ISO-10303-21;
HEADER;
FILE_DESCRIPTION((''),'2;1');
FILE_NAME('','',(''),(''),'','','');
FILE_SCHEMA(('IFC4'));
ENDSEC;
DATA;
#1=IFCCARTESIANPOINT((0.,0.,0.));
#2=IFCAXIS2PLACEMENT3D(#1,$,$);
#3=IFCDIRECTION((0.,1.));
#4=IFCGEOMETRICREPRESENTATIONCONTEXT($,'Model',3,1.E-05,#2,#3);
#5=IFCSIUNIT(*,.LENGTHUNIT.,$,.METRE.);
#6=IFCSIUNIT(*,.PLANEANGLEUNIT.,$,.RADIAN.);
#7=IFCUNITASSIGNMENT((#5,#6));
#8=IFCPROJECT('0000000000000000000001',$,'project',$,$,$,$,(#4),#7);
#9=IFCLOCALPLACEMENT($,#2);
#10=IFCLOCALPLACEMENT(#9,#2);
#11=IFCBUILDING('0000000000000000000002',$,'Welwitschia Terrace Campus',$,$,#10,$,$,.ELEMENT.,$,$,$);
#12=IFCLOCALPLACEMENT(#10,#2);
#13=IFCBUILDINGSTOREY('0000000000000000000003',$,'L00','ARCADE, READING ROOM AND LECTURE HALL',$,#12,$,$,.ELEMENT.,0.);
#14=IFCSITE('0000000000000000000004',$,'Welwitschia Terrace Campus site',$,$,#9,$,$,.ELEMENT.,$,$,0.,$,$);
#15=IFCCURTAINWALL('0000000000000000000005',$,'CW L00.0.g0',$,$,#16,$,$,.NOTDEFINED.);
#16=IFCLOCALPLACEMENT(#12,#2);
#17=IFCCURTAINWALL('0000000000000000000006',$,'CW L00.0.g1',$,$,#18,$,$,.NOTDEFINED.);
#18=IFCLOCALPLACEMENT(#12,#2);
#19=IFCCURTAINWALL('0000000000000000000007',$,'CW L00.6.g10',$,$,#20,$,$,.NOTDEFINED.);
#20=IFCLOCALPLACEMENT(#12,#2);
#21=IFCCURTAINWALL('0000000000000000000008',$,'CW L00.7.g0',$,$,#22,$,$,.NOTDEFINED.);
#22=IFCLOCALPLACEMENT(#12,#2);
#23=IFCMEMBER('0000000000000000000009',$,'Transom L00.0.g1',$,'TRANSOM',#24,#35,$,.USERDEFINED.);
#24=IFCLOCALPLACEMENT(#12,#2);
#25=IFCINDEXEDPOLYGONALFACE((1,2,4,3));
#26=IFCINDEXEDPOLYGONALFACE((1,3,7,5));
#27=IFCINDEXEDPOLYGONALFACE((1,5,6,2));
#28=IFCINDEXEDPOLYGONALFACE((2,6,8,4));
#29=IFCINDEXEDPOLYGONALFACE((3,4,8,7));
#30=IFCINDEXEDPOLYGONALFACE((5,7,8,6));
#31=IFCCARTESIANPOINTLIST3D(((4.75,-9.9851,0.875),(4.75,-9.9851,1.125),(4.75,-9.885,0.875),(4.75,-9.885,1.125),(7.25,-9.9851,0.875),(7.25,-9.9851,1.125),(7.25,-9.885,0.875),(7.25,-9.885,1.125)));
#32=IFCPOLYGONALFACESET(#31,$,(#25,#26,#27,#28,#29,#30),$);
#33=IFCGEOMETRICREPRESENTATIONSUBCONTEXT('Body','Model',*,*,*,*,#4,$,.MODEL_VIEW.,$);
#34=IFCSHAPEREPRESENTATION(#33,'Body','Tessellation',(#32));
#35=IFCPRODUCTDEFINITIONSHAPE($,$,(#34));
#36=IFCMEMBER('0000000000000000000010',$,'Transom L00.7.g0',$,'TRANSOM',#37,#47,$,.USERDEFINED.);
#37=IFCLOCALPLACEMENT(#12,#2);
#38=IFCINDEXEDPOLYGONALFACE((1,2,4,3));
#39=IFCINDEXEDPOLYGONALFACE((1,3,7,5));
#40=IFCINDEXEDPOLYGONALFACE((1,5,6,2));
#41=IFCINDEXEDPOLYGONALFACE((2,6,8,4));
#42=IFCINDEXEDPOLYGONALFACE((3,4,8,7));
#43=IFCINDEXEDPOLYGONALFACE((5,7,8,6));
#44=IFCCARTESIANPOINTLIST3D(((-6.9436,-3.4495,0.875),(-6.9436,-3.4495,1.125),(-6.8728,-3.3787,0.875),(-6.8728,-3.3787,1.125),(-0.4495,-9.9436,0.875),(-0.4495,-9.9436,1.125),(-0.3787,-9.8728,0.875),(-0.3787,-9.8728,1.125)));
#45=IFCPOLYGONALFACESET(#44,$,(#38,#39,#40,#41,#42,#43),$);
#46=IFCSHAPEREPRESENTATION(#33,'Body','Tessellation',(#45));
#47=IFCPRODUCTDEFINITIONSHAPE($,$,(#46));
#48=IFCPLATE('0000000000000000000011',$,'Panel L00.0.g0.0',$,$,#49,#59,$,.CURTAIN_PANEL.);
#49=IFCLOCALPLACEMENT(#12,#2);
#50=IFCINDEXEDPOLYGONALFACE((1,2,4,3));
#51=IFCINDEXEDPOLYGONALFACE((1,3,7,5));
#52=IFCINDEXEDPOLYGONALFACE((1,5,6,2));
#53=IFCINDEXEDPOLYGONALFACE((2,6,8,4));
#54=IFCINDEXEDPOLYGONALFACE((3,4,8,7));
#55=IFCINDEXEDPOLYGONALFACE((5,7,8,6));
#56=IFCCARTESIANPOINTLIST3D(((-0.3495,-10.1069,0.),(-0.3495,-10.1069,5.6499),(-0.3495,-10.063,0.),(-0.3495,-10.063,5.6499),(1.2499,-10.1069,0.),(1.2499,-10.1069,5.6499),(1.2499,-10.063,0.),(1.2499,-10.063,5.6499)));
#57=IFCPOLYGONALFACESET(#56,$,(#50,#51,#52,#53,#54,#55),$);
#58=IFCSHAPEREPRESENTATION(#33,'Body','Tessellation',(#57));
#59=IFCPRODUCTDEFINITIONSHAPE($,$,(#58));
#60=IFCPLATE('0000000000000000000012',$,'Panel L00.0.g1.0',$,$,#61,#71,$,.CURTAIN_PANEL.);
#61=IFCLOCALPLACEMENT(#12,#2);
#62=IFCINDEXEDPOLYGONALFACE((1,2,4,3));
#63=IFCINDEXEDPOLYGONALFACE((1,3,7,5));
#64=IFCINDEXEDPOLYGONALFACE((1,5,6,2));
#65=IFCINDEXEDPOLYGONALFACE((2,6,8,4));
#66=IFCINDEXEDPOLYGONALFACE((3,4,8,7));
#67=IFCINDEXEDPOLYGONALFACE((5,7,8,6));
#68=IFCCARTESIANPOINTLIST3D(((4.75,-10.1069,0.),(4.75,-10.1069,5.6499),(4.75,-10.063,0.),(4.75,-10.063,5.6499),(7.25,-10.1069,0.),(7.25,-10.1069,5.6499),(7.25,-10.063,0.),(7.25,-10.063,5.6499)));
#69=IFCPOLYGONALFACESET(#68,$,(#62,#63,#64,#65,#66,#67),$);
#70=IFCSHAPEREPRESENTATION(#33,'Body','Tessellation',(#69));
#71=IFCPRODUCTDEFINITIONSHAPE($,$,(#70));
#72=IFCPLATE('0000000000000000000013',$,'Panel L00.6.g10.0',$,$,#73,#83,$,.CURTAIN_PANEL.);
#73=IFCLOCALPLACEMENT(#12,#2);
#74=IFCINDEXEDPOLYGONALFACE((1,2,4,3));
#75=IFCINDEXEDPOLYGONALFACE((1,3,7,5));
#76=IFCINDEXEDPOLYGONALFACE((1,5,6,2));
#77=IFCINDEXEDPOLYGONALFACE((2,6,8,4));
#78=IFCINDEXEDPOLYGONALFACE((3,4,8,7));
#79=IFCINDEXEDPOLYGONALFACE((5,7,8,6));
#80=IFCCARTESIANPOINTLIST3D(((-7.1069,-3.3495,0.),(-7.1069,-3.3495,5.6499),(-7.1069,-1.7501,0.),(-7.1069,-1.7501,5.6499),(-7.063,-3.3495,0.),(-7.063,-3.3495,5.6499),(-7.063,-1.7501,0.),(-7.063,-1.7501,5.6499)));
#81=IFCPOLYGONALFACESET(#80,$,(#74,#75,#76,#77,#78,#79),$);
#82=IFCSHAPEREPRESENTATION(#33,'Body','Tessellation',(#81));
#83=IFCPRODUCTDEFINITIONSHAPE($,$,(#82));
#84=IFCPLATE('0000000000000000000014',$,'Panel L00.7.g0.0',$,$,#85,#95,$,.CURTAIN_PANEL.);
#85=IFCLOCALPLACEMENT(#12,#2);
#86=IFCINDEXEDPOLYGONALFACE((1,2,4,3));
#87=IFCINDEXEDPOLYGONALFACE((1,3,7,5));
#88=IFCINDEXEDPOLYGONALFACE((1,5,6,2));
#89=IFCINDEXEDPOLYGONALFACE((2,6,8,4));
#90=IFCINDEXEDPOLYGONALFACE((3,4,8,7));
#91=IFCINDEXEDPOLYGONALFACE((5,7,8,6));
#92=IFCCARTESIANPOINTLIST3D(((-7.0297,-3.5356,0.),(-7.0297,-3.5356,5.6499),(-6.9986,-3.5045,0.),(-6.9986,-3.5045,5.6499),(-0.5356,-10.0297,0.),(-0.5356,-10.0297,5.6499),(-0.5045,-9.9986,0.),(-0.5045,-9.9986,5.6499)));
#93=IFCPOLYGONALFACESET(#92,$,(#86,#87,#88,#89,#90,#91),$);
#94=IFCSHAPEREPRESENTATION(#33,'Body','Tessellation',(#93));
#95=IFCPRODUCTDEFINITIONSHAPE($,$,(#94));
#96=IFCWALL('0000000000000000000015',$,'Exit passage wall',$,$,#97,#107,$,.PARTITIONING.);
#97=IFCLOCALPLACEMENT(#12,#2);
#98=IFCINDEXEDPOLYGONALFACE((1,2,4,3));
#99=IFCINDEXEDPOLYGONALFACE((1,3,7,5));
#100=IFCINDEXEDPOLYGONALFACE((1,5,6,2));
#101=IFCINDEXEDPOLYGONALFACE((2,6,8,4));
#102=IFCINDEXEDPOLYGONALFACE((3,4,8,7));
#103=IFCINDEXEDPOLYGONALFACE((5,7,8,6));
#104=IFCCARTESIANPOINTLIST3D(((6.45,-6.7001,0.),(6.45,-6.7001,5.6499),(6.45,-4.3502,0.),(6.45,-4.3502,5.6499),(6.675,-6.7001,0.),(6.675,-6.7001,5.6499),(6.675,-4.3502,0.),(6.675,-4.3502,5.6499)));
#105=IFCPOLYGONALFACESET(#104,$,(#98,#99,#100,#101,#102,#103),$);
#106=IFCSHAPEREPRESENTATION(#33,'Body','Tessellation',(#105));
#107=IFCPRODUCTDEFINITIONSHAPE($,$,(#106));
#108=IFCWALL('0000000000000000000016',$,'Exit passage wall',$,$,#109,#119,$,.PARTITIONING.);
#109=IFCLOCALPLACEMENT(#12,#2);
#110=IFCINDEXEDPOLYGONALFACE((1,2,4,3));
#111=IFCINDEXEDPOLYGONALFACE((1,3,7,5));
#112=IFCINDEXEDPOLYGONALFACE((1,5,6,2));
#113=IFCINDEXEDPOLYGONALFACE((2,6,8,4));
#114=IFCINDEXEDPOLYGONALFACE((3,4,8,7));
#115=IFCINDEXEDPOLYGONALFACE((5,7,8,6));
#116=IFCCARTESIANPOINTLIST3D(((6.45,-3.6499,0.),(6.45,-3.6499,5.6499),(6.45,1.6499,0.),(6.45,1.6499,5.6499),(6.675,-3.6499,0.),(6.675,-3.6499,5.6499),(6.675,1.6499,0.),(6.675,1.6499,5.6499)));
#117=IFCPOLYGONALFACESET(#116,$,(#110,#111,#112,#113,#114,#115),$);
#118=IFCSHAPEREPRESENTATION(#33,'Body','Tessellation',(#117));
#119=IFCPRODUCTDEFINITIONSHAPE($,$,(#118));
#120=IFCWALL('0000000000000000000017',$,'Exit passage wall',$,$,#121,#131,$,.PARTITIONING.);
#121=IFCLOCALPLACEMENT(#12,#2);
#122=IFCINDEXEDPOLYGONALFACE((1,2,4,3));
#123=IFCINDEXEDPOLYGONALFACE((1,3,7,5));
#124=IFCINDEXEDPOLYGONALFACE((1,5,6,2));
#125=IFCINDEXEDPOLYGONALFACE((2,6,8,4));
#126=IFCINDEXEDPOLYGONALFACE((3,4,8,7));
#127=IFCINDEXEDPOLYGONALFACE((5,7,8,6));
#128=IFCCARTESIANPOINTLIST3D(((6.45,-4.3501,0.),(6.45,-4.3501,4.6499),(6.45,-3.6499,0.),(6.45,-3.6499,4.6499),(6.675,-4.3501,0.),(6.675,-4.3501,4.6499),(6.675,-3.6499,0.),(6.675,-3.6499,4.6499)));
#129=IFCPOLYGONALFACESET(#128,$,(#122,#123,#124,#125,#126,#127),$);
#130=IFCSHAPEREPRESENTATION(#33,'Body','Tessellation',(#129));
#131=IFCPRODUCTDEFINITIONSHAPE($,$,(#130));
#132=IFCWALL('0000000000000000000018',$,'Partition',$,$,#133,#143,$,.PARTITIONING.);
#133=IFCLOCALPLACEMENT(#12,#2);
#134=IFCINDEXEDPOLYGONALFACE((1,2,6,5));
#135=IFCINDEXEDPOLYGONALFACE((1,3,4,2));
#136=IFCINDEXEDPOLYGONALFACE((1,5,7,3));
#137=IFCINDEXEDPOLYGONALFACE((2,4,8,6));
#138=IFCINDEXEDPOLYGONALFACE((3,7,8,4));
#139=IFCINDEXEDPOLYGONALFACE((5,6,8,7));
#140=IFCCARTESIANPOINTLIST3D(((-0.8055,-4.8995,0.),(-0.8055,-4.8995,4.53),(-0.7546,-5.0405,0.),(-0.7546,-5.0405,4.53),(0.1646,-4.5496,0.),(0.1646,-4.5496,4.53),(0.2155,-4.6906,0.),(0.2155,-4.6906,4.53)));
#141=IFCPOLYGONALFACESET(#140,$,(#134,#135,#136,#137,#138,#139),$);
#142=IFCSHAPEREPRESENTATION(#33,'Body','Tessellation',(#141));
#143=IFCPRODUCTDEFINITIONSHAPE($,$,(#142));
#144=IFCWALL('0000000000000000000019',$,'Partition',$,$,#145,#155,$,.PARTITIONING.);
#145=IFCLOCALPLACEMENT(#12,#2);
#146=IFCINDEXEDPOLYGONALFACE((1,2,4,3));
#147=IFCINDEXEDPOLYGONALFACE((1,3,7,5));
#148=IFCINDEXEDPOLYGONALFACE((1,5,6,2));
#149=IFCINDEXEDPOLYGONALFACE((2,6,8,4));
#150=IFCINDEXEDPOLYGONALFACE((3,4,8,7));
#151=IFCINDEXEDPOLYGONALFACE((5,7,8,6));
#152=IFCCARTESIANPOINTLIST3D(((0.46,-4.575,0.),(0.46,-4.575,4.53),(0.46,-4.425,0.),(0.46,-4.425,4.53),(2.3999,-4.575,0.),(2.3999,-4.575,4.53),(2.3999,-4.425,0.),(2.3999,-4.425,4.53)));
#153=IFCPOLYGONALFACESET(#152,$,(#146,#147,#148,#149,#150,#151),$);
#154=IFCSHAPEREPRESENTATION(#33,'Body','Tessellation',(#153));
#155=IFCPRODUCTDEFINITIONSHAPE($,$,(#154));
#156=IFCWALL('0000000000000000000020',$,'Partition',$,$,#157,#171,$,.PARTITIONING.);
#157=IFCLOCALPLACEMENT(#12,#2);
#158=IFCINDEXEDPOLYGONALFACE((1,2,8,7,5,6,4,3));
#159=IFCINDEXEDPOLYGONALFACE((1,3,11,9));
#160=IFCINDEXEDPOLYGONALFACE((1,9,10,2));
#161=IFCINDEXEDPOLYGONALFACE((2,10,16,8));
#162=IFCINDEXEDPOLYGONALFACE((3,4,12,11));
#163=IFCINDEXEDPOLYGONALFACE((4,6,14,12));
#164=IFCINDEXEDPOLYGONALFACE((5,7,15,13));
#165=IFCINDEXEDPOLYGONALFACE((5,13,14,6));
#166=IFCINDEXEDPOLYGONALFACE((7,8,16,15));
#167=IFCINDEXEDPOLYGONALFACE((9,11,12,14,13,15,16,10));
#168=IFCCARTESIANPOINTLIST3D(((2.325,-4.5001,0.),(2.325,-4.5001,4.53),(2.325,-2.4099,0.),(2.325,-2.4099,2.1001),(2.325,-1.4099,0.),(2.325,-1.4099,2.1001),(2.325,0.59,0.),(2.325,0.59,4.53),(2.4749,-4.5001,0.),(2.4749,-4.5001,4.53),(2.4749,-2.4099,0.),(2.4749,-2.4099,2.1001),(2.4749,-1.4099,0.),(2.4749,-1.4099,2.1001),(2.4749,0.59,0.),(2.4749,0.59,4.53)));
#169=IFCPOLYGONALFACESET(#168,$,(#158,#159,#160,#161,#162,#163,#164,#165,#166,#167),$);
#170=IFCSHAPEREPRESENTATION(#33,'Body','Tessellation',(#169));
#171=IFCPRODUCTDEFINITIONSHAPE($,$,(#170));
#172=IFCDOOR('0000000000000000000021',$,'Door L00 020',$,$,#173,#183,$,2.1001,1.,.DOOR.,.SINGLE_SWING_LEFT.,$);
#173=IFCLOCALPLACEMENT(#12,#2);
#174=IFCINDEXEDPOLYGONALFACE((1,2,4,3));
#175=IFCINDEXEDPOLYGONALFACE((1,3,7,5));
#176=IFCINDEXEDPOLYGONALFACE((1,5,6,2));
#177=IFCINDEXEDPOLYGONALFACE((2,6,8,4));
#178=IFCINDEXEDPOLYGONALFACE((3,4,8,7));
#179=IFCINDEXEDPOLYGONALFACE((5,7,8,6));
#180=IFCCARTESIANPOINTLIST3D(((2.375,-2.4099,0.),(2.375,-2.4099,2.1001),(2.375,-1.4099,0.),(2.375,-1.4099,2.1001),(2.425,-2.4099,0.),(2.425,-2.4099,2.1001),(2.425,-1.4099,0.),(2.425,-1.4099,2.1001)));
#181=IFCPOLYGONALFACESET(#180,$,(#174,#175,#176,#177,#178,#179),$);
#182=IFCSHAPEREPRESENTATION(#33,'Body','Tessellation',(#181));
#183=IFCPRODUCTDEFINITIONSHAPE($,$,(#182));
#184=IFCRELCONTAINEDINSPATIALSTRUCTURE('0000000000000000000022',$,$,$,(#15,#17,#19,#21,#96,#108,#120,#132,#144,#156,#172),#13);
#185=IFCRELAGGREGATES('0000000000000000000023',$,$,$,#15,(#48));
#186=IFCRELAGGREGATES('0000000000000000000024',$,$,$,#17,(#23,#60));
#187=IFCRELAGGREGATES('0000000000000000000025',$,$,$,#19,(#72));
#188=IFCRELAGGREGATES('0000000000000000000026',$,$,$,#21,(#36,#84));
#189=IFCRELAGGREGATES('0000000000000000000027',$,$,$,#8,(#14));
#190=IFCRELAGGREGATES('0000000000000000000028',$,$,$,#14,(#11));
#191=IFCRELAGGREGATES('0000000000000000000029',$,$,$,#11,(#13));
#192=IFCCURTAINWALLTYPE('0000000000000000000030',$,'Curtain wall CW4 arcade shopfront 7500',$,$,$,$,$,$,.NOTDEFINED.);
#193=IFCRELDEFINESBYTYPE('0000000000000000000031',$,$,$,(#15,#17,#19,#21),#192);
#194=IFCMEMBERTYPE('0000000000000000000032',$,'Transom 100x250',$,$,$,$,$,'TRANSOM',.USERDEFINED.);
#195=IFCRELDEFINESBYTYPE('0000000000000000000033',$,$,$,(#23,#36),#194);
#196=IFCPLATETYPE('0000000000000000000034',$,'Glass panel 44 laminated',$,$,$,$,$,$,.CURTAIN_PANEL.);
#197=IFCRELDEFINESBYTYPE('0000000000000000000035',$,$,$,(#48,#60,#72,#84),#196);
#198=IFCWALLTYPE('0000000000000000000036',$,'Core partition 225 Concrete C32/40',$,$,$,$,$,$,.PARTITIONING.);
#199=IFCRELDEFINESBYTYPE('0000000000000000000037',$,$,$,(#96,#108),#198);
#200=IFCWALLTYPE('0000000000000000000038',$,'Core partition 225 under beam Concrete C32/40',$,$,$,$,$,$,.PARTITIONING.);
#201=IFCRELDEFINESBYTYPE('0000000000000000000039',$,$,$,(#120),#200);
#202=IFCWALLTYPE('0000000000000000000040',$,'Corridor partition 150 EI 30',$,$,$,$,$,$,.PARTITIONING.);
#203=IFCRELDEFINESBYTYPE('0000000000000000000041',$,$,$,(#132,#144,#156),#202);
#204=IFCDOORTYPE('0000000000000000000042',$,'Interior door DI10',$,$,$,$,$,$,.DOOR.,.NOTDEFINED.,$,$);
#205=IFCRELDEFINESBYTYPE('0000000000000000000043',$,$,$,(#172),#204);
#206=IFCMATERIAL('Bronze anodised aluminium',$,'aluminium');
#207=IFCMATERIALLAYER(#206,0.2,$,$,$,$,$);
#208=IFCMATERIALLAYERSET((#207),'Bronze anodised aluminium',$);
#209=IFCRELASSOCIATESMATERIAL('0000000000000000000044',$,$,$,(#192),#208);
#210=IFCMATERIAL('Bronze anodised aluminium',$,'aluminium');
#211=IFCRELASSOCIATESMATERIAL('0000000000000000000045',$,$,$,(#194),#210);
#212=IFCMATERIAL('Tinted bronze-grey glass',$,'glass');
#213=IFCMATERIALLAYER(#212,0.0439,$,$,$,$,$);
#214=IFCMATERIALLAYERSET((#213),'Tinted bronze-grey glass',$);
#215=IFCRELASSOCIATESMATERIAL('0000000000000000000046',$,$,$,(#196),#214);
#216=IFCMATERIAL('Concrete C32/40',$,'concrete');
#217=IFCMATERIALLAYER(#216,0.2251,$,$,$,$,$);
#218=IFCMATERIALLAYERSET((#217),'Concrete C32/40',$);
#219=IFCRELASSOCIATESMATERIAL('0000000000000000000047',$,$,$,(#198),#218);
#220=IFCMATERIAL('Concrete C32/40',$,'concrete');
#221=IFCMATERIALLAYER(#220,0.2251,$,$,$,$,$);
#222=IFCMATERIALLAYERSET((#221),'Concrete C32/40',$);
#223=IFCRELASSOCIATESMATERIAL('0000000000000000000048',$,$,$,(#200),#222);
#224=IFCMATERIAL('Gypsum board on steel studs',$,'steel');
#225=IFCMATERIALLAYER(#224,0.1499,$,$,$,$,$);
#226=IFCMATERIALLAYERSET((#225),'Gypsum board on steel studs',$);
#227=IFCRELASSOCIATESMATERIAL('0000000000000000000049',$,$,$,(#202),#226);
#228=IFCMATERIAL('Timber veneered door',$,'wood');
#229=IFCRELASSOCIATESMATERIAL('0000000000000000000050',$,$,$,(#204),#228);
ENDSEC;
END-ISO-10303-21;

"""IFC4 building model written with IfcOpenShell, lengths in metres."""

from ifc_helpers import new_model, si_unit, direction, frame, frame_2d, origin, origin_2d, place, context, subcontext, project, spatial, rectangle, extrude, material, layer, layer_set, material_profile, profile_set, type_object, element, fill, aggregate, save


model = new_model("IFC4")

# Units and contexts
model_context = context("Model", 3, precision=1e-05, world=origin(), true_north=direction((0.0, 1.0)))
body_context = subcontext(model_context, "Body", "Model", "MODEL_VIEW")
ifc_project = project(units=[si_unit("LENGTHUNIT", "METRE"), si_unit("PLANEANGLEUNIT", "RADIAN")], contexts=[model_context])

# Site, building, storey
site_placement = place(None, origin())
site = spatial("IfcSite", under=ifc_project, at=site_placement, Name="Welwitschia Terrace Campus site", CompositionType="ELEMENT", RefElevation=0.0)
building_placement = place(site_placement, origin())
building = spatial("IfcBuilding", under=site, at=building_placement, Name="Welwitschia Terrace Campus", CompositionType="ELEMENT")
storey_placement = place(building_placement, origin())
storey = spatial("IfcBuildingStorey", under=building, at=storey_placement, Name="L00", Description="ARCADE, READING ROOM AND LECTURE HALL", CompositionType="ELEMENT", Elevation=0.0)

# Curtain wall
ifc_material_1 = material(Name="Bronze anodised aluminium", Category="aluminium")
ifc_layer_1 = layer(ifc_material_1, 0.2)
ifc_layer_set_1 = layer_set([ifc_layer_1], Name="Bronze anodised aluminium")
curtain_wall_type = type_object("IfcCurtainWallType", Name="Curtain wall CW4 arcade shopfront 7500", PredefinedType="NOTDEFINED", material=ifc_layer_set_1)
curtain_wall_1_placement = place(storey_placement, origin())
curtain_wall_1 = element("IfcCurtainWall", 1, at=curtain_wall_1_placement, inside=storey, type_object=curtain_wall_type, Name="CW L00.0.g0", PredefinedType="NOTDEFINED")

# Curtain walls
curtain_wall_2_placement = place(storey_placement, origin())
curtain_wall_2 = element("IfcCurtainWall", 2, at=curtain_wall_2_placement, inside=storey, type_object=curtain_wall_type, Name="CW L00.0.g1", PredefinedType="NOTDEFINED")
curtain_wall_3_placement = place(storey_placement, origin())
curtain_wall_3 = element("IfcCurtainWall", 3, at=curtain_wall_3_placement, inside=storey, type_object=curtain_wall_type, Name="CW L00.6.g10", PredefinedType="NOTDEFINED")

# Curtain wall
curtain_wall_4_placement = place(storey_placement, origin())
curtain_wall_4 = element("IfcCurtainWall", 4, at=curtain_wall_4_placement, inside=storey, type_object=curtain_wall_type, Name="CW L00.7.g0", PredefinedType="NOTDEFINED")

# Members
ifc_material_2 = material(Name="Bronze anodised aluminium", Category="aluminium")
ifc_material_profile_1 = material_profile(ifc_material_2, rectangle(XDim=0.1001, YDim=0.25, at=origin_2d()))
ifc_profile_set_1 = profile_set([ifc_material_profile_1], Name="Bronze anodised aluminium")
member_type_1 = type_object("IfcMemberType", Name="Transom 100x250", ElementType="TRANSOM", PredefinedType="USERDEFINED", material=ifc_profile_set_1)
member_1_placement = place(storey_placement, frame((4.75, -9.9351, 1.0), z_axis=(1.0, 0.0, 0.0), x_axis=(0.0, 1.0, 0.0)))
member_1 = element("IfcMember", 5, at=member_1_placement, type_object=member_type_1, Name="Transom L00.0.g1", ObjectType="TRANSOM", PredefinedType="USERDEFINED", context=body_context, shape_type="SweptSolid", body=[
    extrude(rectangle(XDim=0.1001, YDim=0.25, at=origin_2d()), origin(), (0.0, 0.0, 1.0), 2.5),
])
member_2_placement = place(storey_placement, frame((-6.9082, -3.4141, 1.0), z_axis=(0.707107, -0.707107, 0.0), x_axis=(0.707107, 0.707107, 0.0)))
member_2 = element("IfcMember", 6, at=member_2_placement, type_object=member_type_1, Name="Transom L00.7.g0", ObjectType="TRANSOM", PredefinedType="USERDEFINED", context=body_context, shape_type="SweptSolid", body=[
    extrude(rectangle(XDim=0.1001, YDim=0.25, at=origin_2d()), origin(), (0.0, 0.0, 1.0), 9.1841),
])

# Plates
ifc_material_3 = material(Name="Tinted bronze-grey glass", Category="glass")
ifc_layer_2 = layer(ifc_material_3, 0.0439)
ifc_layer_set_2 = layer_set([ifc_layer_2], Name="Tinted bronze-grey glass")
plate_type = type_object("IfcPlateType", Name="Glass panel 44 laminated", PredefinedType="CURTAIN_PANEL", material=ifc_layer_set_2)
plate_1_placement = place(storey_placement, frame((0.4502, -10.085, 0.0), z_axis=(0.0, 0.0, 1.0), x_axis=(1.0, 0.0, 0.0)))
plate_1 = element("IfcPlate", 7, at=plate_1_placement, type_object=plate_type, Name="Panel L00.0.g0.0", PredefinedType="CURTAIN_PANEL", context=body_context, shape_type="SweptSolid", body=[
    extrude(rectangle(XDim=1.5994, YDim=0.0439, at=origin_2d()), origin(), (0.0, 0.0, 1.0), 5.6499),
])
aggregate(curtain_wall_1, [plate_1])
plate_2_placement = place(storey_placement, frame((6.0, -10.085, 0.0), z_axis=(0.0, 0.0, 1.0), x_axis=(1.0, 0.0, 0.0)))
plate_2 = element("IfcPlate", 8, at=plate_2_placement, type_object=plate_type, Name="Panel L00.0.g1.0", PredefinedType="CURTAIN_PANEL", context=body_context, shape_type="SweptSolid", body=[
    extrude(rectangle(XDim=2.5, YDim=0.0439, at=origin_2d()), origin(), (0.0, 0.0, 1.0), 5.6499),
])
aggregate(curtain_wall_2, [member_1, plate_2])
plate_3_placement = place(storey_placement, frame((-7.085, -2.5498, 0.0), z_axis=(0.0, 0.0, 1.0), x_axis=(0.0, -1.0, 0.0)))
plate_3 = element("IfcPlate", 9, at=plate_3_placement, type_object=plate_type, Name="Panel L00.6.g10.0", PredefinedType="CURTAIN_PANEL", context=body_context, shape_type="SweptSolid", body=[
    extrude(rectangle(XDim=1.5994, YDim=0.0439, at=origin_2d()), origin(), (0.0, 0.0, 1.0), 5.6499),
])
aggregate(curtain_wall_3, [plate_3])
plate_4_placement = place(storey_placement, frame((-3.7671, -6.7671, 0.0), z_axis=(0.0, 0.0, 1.0), x_axis=(0.707107, -0.707107, 0.0)))
plate_4 = element("IfcPlate", 10, at=plate_4_placement, type_object=plate_type, Name="Panel L00.7.g0.0", PredefinedType="CURTAIN_PANEL", context=body_context, shape_type="SweptSolid", body=[
    extrude(rectangle(XDim=9.1841, YDim=0.0439, at=origin_2d()), origin(), (0.0, 0.0, 1.0), 5.6499),
])
aggregate(curtain_wall_4, [member_2, plate_4])

# Walls
ifc_material_4 = material(Name="Concrete C32/40", Category="concrete")
ifc_layer_3 = layer(ifc_material_4, 0.2251)
ifc_layer_set_3 = layer_set([ifc_layer_3], Name="Concrete C32/40")
wall_type_1 = type_object("IfcWallType", Name="Core partition 225 Concrete C32/40", PredefinedType="PARTITIONING", material=ifc_layer_set_3)
wall_1_placement = place(storey_placement, frame((6.5625, -6.7, 0.0), z_axis=(0.0, 0.0, 1.0), x_axis=(0.0, 1.0, 0.0)))
element("IfcWall", 11, at=wall_1_placement, inside=storey, type_object=wall_type_1, Name="Exit passage wall", PredefinedType="PARTITIONING", context=body_context, shape_type="SweptSolid", body=[
    extrude(rectangle(XDim=2.3499, YDim=0.2251, at=frame_2d((1.1748, 0.0))), origin(), (0.0, 0.0, 1.0), 5.6499),
])
wall_2_placement = place(storey_placement, frame((6.5625, -3.6499, 0.0), z_axis=(0.0, 0.0, 1.0), x_axis=(0.0, 1.0, 0.0)))
element("IfcWall", 12, at=wall_2_placement, inside=storey, type_object=wall_type_1, Name="Exit passage wall", PredefinedType="PARTITIONING", context=body_context, shape_type="SweptSolid", body=[
    extrude(rectangle(XDim=5.2998, YDim=0.2251, at=frame_2d((2.6499, 0.0))), origin(), (0.0, 0.0, 1.0), 5.6499),
])
ifc_material_5 = material(Name="Concrete C32/40", Category="concrete")
ifc_layer_4 = layer(ifc_material_5, 0.2251)
ifc_layer_set_4 = layer_set([ifc_layer_4], Name="Concrete C32/40")
wall_type_2 = type_object("IfcWallType", Name="Core partition 225 under beam Concrete C32/40", PredefinedType="PARTITIONING", material=ifc_layer_set_4)
wall_3_placement = place(storey_placement, frame((6.5625, -4.3501, 0.0), z_axis=(0.0, 0.0, 1.0), x_axis=(0.0, 1.0, 0.0)))
element("IfcWall", 13, at=wall_3_placement, inside=storey, type_object=wall_type_2, Name="Exit passage wall", PredefinedType="PARTITIONING", context=body_context, shape_type="SweptSolid", body=[
    extrude(rectangle(XDim=0.7002, YDim=0.2251, at=frame_2d((0.3501, 0.0))), origin(), (0.0, 0.0, 1.0), 4.6499),
])
ifc_material_6 = material(Name="Gypsum board on steel studs", Category="steel")
ifc_layer_5 = layer(ifc_material_6, 0.1499)
ifc_layer_set_5 = layer_set([ifc_layer_5], Name="Gypsum board on steel studs")
wall_type_3 = type_object("IfcWallType", Name="Corridor partition 150 EI 30", PredefinedType="PARTITIONING", material=ifc_layer_set_5)
wall_4_placement = place(storey_placement, frame((-0.78, -4.97, 0.0), z_axis=(0.0, 0.0, 1.0), x_axis=(0.940682, 0.33929, 0.0)))
element("IfcWall", 14, at=wall_4_placement, inside=storey, type_object=wall_type_3, Name="Partition", PredefinedType="PARTITIONING", context=body_context, shape_type="SweptSolid", body=[
    extrude(rectangle(XDim=1.0312, YDim=0.1499, at=frame_2d((0.5156, 0.0))), origin(), (0.0, 0.0, 1.0), 4.53),
])
wall_5_placement = place(storey_placement, frame((0.46, -4.5, 0.0), z_axis=(0.0, 0.0, 1.0), x_axis=(1.0, 0.0, 0.0)))
element("IfcWall", 15, at=wall_5_placement, inside=storey, type_object=wall_type_3, Name="Partition", PredefinedType="PARTITIONING", context=body_context, shape_type="SweptSolid", body=[
    extrude(rectangle(XDim=1.9399, YDim=0.1499, at=frame_2d((0.97, 0.0))), origin(), (0.0, 0.0, 1.0), 4.53),
])

# Wall, opening, door
wall_6_placement = place(storey_placement, frame((2.3999, -4.5, 0.0), z_axis=(0.0, 0.0, 1.0), x_axis=(0.0, 1.0, 0.0)))
wall_6 = element("IfcWall", 16, at=wall_6_placement, inside=storey, type_object=wall_type_3, Name="Partition", PredefinedType="PARTITIONING", context=body_context, shape_type="SweptSolid", body=[
    extrude(rectangle(XDim=5.0901, YDim=0.1499, at=frame_2d((2.5449, 0.0))), origin(), (0.0, 0.0, 1.0), 4.53),
])
opening_1_placement = place(wall_6_placement, frame((2.0901, 0.0, 0.0)))
opening_1 = element("IfcOpeningElement", 17, at=opening_1_placement, cuts=wall_6, PredefinedType="OPENING", context=body_context, shape_type="SweptSolid", body=[
    extrude(rectangle(XDim=1.0, YDim=2.1001, at=frame_2d((0.5, 1.05))), frame((0.0, 0.085, 0.0), z_axis=(0.0, -1.0, 0.0), x_axis=(1.0, 0.0, 0.0)), (0.0, 0.0, 1.0), 0.1699),
])
ifc_material_7 = material(Name="Timber veneered door", Category="wood")
door_type_1 = type_object("IfcDoorType", Name="Interior door DI10", OperationType="NOTDEFINED", PredefinedType="DOOR", material=ifc_material_7)
door_1_placement = place(opening_1_placement, origin())
door_1 = element("IfcDoor", 18, at=door_1_placement, inside=storey, type_object=door_type_1, Name="Door L00 020", OperationType="SINGLE_SWING_LEFT", OverallHeight=2.1001, OverallWidth=1.0, PredefinedType="DOOR", context=body_context, shape_type="SweptSolid", body=[
    extrude(rectangle(XDim=1.0, YDim=2.1001, at=frame_2d((0.5, 1.05))), frame((0.0, 0.0249, 0.0), z_axis=(0.0, -1.0, 0.0), x_axis=(1.0, 0.0, 0.0)), (0.0, 0.0, 1.0), 0.05),
])
fill(opening_1, door_1)

save(model, "model.ifc")
